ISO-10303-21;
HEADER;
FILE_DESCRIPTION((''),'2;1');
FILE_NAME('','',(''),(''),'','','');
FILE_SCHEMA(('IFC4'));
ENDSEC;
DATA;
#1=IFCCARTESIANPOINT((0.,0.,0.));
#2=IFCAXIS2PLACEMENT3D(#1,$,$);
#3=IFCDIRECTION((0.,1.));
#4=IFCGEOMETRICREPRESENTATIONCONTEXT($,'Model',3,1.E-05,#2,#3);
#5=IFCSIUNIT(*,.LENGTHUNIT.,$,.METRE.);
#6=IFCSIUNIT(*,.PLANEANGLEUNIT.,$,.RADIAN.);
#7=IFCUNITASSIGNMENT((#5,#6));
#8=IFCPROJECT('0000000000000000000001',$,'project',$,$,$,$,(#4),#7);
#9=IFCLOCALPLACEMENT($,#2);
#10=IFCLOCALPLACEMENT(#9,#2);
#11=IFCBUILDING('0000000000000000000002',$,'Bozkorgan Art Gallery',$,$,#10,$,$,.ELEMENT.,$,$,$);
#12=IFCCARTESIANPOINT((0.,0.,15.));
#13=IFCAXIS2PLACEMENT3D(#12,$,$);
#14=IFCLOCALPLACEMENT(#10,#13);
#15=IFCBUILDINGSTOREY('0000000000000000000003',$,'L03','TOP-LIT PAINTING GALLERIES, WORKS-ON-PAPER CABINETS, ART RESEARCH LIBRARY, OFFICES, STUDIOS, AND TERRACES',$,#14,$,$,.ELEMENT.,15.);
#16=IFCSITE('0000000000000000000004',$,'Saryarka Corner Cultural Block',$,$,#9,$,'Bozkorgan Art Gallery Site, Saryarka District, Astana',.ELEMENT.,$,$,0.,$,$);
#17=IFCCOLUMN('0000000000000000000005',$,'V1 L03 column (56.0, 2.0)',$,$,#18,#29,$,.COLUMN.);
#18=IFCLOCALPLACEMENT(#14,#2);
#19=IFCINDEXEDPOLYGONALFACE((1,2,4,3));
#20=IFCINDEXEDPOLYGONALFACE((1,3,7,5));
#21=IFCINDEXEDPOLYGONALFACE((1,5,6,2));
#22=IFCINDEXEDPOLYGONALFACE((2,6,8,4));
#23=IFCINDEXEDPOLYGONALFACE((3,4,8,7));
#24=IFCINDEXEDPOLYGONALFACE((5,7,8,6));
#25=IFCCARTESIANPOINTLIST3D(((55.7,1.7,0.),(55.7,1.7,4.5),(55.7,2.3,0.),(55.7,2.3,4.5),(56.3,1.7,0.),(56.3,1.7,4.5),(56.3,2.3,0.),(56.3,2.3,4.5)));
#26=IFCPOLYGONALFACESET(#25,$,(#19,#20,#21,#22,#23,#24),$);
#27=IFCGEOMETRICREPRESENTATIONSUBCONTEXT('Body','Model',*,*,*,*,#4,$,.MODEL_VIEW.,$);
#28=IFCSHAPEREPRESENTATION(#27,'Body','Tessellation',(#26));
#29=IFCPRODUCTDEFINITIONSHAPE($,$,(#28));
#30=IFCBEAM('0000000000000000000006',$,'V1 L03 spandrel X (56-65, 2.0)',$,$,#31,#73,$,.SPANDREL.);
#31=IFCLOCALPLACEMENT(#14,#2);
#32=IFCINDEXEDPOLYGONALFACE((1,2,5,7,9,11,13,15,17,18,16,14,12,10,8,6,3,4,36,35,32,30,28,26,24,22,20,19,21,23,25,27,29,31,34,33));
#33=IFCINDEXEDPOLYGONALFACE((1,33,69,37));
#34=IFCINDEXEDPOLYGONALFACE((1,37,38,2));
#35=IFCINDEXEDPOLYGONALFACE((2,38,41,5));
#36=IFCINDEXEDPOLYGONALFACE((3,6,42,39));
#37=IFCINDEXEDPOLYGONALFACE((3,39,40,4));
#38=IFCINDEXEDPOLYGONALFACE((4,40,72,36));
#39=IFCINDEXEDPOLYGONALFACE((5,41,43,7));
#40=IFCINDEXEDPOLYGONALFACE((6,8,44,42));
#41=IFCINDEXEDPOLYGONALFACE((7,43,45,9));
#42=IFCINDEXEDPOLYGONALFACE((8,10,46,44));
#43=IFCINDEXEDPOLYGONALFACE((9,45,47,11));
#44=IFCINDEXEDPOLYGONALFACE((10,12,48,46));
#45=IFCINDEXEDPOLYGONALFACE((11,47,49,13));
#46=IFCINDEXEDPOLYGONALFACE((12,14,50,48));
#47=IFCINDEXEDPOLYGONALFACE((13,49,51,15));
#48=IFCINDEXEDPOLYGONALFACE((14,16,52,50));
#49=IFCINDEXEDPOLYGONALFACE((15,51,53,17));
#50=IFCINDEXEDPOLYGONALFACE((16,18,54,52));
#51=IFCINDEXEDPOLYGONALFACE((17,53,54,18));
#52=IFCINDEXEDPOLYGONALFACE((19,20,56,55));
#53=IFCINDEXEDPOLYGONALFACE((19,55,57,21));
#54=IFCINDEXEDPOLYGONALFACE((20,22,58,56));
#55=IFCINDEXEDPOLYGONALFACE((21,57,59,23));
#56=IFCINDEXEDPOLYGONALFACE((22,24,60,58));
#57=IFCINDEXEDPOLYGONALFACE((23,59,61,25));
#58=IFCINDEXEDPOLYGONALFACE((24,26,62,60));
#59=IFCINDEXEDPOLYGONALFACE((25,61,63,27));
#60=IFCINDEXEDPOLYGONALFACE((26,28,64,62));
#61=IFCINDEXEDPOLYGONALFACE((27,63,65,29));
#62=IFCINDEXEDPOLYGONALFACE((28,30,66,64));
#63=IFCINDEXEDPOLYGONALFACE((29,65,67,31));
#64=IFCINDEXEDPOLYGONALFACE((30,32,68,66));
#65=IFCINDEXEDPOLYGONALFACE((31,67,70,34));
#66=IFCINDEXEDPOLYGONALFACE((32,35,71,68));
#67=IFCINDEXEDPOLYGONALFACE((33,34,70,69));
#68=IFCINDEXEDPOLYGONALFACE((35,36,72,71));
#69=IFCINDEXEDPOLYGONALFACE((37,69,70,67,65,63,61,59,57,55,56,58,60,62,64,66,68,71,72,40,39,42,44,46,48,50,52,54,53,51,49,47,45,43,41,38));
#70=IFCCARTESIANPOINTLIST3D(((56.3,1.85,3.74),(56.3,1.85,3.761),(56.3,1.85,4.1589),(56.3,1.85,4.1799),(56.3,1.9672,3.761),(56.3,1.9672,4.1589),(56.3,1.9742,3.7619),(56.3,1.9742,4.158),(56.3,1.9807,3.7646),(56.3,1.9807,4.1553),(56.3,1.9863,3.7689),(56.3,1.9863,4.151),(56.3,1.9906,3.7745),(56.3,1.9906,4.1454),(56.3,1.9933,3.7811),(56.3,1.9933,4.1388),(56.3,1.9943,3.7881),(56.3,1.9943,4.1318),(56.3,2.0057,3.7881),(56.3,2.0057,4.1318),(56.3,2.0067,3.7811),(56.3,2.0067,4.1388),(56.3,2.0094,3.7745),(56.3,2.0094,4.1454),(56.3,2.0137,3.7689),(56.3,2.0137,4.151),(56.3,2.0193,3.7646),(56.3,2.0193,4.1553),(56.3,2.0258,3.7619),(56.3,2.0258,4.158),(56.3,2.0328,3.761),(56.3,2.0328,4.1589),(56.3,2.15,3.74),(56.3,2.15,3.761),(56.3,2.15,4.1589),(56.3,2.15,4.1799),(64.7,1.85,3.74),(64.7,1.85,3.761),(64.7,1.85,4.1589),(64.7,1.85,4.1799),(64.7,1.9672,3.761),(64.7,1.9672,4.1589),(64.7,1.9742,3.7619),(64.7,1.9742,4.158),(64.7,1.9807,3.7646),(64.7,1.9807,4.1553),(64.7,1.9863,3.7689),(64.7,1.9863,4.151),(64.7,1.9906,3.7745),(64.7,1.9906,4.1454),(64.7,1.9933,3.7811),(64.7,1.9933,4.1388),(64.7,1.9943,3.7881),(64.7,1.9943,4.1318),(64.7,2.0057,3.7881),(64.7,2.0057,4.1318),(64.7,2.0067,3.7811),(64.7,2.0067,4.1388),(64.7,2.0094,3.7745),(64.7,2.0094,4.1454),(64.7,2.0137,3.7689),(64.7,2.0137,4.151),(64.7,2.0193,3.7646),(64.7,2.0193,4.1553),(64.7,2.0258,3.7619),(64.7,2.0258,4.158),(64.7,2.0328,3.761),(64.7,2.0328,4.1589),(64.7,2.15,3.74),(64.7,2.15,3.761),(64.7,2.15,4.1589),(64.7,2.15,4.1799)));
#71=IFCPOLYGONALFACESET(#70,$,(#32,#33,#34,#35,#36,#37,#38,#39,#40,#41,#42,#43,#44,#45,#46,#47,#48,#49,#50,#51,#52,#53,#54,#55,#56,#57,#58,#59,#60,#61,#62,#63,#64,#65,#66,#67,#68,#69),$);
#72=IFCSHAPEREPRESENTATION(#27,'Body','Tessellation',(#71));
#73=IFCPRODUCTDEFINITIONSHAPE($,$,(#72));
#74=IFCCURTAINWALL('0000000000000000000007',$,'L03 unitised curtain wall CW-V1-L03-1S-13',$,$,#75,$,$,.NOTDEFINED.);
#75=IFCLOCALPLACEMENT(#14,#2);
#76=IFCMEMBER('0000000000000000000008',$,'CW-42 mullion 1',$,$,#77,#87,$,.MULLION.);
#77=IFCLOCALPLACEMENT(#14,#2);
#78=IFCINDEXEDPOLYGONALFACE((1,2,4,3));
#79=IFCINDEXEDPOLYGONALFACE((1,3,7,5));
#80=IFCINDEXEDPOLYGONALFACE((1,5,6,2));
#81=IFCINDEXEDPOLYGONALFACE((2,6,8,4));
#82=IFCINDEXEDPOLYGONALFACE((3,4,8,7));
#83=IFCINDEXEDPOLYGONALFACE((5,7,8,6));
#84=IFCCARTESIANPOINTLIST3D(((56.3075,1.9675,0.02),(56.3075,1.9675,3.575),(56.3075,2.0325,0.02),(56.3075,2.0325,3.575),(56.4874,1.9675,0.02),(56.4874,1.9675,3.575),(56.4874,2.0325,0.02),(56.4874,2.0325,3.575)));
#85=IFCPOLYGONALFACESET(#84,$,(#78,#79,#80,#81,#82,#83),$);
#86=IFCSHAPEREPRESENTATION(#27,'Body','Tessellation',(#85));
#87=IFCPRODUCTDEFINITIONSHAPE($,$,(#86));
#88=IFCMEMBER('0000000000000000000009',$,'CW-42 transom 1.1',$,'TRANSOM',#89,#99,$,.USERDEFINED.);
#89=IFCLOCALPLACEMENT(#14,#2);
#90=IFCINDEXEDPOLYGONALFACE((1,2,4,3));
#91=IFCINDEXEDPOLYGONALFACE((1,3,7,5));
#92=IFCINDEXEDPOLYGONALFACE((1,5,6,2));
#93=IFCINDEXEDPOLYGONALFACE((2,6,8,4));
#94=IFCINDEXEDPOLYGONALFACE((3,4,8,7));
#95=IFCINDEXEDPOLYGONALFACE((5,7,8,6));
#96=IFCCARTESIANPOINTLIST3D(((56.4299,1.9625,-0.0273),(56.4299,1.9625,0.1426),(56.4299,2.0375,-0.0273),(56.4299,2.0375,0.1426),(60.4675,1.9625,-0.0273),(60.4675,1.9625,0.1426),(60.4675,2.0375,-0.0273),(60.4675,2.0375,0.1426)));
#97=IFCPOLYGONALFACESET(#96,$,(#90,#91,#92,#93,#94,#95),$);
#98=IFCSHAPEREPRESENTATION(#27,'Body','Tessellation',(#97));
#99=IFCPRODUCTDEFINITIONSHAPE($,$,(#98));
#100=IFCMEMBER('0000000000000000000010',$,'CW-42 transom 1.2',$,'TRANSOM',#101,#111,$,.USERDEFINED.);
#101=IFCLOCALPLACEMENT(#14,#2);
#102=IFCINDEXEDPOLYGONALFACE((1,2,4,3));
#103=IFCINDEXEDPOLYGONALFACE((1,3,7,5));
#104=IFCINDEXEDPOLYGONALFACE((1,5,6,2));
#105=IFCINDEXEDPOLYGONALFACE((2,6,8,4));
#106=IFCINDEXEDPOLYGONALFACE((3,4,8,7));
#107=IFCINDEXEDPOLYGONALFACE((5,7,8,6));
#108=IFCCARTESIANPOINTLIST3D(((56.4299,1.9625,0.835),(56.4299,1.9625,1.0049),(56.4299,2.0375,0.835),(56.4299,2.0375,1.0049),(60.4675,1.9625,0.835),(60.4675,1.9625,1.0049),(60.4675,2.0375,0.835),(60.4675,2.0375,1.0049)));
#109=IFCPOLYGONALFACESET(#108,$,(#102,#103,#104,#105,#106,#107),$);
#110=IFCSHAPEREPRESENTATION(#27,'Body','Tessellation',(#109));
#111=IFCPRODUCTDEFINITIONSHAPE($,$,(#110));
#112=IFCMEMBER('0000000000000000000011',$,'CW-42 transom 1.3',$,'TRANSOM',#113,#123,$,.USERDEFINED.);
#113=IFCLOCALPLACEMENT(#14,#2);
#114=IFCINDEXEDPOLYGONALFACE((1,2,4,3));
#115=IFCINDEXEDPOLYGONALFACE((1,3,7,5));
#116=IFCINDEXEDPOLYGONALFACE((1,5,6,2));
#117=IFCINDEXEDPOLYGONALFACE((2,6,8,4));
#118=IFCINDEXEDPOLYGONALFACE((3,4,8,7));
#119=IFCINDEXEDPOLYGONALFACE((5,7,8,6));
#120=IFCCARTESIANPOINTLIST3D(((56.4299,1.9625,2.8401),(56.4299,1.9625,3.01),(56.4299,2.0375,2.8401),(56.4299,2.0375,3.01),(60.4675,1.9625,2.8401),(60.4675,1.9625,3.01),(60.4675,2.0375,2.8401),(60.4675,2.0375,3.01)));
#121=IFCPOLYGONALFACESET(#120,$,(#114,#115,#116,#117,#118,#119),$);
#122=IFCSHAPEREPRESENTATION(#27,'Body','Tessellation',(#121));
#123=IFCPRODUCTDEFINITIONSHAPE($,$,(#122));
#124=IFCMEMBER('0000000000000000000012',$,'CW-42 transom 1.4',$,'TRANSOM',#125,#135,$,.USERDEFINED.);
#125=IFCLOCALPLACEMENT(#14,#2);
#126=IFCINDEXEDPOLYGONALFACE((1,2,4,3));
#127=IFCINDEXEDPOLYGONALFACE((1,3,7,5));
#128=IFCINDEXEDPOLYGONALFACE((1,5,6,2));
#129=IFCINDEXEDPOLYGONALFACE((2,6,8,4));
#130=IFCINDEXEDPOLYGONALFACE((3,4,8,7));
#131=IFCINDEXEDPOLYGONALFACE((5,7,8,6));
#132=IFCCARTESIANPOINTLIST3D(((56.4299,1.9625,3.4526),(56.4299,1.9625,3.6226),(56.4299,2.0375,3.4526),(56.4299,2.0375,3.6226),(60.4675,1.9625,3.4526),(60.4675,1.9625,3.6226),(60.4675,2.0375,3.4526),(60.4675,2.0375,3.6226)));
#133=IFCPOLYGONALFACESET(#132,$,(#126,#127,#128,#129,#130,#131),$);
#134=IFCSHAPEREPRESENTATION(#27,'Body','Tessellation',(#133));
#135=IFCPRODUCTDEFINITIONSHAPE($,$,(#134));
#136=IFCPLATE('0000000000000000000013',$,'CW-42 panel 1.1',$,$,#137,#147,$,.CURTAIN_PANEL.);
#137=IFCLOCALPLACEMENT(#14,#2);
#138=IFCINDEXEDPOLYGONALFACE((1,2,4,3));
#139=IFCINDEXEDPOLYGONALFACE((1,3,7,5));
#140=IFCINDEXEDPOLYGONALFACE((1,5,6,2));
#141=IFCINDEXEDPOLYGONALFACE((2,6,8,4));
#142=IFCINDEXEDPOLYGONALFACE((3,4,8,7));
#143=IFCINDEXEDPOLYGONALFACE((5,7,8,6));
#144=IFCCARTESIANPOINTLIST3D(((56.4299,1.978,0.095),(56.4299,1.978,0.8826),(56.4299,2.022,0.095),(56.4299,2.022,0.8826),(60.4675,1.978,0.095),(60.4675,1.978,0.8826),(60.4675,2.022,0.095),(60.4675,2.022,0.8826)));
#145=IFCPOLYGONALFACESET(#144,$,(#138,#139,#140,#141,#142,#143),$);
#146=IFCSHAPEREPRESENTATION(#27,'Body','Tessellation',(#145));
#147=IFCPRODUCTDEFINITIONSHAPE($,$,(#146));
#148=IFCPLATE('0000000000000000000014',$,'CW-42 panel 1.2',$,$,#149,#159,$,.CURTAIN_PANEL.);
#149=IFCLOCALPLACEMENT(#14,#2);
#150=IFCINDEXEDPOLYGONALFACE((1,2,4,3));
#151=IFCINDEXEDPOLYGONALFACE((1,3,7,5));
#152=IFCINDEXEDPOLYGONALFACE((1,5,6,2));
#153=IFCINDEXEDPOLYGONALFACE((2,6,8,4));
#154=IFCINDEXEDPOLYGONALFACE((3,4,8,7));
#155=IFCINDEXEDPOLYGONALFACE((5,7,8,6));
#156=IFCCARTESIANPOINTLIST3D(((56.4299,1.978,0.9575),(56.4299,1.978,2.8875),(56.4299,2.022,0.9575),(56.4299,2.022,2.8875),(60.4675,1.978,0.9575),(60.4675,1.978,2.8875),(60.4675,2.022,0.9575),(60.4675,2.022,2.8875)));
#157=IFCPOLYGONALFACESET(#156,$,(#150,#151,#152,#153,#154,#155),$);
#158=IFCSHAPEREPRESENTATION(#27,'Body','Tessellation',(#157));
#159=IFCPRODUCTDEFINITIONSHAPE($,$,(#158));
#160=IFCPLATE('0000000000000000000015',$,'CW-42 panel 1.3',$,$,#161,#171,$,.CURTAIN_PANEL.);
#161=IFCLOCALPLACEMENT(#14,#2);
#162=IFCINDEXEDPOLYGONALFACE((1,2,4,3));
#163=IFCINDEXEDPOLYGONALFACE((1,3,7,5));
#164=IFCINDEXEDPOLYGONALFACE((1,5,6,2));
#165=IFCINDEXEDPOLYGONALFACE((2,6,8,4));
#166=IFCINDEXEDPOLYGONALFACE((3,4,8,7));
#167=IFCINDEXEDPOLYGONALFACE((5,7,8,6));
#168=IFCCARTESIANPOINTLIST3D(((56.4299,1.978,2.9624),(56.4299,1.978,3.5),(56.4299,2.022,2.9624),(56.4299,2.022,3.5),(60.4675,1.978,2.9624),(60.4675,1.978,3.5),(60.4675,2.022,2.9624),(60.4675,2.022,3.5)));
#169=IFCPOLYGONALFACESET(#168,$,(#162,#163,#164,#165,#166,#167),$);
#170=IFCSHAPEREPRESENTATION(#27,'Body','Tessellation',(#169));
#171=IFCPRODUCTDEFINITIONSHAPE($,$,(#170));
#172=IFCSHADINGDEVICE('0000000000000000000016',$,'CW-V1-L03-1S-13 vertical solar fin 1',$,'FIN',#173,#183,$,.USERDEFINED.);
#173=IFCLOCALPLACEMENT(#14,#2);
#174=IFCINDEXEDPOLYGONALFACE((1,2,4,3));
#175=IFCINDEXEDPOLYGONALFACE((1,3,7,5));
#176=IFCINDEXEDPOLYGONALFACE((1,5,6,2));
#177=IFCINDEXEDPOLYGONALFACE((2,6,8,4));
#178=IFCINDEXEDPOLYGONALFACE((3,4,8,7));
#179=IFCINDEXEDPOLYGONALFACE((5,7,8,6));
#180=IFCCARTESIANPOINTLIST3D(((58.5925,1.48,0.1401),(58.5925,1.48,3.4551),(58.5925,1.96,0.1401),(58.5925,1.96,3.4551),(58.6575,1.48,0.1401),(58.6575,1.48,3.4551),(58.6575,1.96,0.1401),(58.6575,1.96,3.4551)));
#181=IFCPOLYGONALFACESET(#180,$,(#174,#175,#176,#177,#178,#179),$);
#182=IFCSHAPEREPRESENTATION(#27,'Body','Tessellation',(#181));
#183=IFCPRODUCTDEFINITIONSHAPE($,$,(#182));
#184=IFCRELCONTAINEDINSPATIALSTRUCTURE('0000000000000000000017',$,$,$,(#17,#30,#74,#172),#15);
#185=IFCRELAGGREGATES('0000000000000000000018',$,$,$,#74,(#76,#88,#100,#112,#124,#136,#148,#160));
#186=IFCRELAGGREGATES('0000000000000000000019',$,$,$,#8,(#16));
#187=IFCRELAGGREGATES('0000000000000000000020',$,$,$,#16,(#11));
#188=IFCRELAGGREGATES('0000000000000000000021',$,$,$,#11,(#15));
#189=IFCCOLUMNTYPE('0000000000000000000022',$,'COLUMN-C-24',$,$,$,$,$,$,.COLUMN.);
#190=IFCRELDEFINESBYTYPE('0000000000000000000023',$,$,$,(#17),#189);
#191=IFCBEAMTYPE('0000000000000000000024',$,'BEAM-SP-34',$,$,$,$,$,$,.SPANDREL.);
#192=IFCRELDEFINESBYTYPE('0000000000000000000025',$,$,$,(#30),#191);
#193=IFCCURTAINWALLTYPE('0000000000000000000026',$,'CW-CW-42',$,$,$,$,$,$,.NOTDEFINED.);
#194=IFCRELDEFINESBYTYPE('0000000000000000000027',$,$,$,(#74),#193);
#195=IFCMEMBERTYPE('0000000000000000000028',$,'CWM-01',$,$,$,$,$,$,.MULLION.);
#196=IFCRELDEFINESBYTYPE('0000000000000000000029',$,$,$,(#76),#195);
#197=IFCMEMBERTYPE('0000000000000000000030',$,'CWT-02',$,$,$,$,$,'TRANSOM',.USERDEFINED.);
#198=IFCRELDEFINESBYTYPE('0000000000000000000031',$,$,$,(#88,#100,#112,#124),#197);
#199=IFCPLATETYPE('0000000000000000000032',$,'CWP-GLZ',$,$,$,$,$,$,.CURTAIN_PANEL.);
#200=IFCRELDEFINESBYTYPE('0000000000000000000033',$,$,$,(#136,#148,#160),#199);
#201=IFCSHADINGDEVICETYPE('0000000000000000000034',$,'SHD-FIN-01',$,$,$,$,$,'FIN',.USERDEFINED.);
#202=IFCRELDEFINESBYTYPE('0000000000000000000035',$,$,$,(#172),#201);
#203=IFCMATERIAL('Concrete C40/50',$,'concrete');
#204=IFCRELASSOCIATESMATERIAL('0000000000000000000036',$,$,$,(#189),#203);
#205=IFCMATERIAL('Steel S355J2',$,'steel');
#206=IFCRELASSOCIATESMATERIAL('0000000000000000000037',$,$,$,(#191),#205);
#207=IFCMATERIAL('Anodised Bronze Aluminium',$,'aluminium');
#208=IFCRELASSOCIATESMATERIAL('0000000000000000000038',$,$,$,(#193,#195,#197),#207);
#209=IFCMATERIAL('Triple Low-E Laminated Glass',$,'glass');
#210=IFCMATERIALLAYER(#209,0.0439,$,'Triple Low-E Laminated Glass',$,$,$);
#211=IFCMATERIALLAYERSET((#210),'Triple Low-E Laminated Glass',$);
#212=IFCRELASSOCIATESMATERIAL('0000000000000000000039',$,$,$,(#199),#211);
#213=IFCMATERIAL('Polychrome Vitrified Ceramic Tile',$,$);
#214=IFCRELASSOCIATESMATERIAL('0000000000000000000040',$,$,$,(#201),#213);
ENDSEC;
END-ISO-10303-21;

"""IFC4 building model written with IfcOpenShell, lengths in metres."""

from ifc_helpers import new_model, si_unit, direction, frame, origin, origin_2d, place, context, subcontext, project, spatial, rectangle, i_section, extrude, material, layer, layer_set, material_profile, profile_set, type_object, element, aggregate, save


model = new_model("IFC4")

# Units and contexts
model_context = context("Model", 3, precision=1e-05, world=origin(), true_north=direction((0.0, 1.0)))
body_context = subcontext(model_context, "Body", "Model", "MODEL_VIEW")
ifc_project = project(units=[si_unit("LENGTHUNIT", "METRE"), si_unit("PLANEANGLEUNIT", "RADIAN")], contexts=[model_context])

# Site, building, storey
site_placement = place(None, origin())
site = spatial("IfcSite", under=ifc_project, at=site_placement, Name="Saryarka Corner Cultural Block", LongName="Bozkorgan Art Gallery Site, Saryarka District, Astana", CompositionType="ELEMENT", RefElevation=0.0)
building_placement = place(site_placement, origin())
building = spatial("IfcBuilding", under=site, at=building_placement, Name="Bozkorgan Art Gallery", CompositionType="ELEMENT")
storey_placement = place(building_placement, frame((0.0, 0.0, 15.0)))
storey = spatial("IfcBuildingStorey", under=building, at=storey_placement, Name="L03", Description="TOP-LIT PAINTING GALLERIES, WORKS-ON-PAPER CABINETS, ART RESEARCH LIBRARY, OFFICES, STUDIOS, AND TERRACES", CompositionType="ELEMENT", Elevation=15.0)

# Column
ifc_material_1 = material(Name="Concrete C40/50", Category="concrete")
ifc_material_profile_1 = material_profile(ifc_material_1, rectangle(XDim=0.6001, YDim=0.6001, at=origin_2d()), Name="RC 600x600")
ifc_profile_set_1 = profile_set([ifc_material_profile_1], Name="Concrete C40/50")
column_type = type_object("IfcColumnType", Name="COLUMN-C-24", PredefinedType="COLUMN", material=ifc_profile_set_1)
column_placement = place(storey_placement, frame((56.0, 2.0, 0.0), z_axis=(0.0, 0.0, 1.0), x_axis=(1.0, 0.0, 0.0)))
element("IfcColumn", 1, at=column_placement, inside=storey, type_object=column_type, Name="V1 L03 column (56.0, 2.0)", PredefinedType="COLUMN", context=body_context, shape_type="SweptSolid", body=[
    extrude(rectangle(XDim=0.6001, YDim=0.6001, at=origin_2d()), origin(), (0.0, 0.0, 1.0), 4.5),
])

# Beam
ifc_material_2 = material(Name="Steel S355J2", Category="steel")
ifc_material_profile_2 = material_profile(ifc_material_2, i_section(OverallWidth=0.3, OverallDepth=0.4399, WebThickness=0.0115, FlangeThickness=0.021, FilletRadius=0.0271, at=origin_2d()), Name="HEA 450")
ifc_profile_set_2 = profile_set([ifc_material_profile_2], Name="Steel S355J2")
beam_type = type_object("IfcBeamType", Name="BEAM-SP-34", PredefinedType="SPANDREL", material=ifc_profile_set_2)
beam_placement = place(storey_placement, frame((56.3, 2.0, 3.96), z_axis=(1.0, 0.0, 0.0), x_axis=(0.0, 1.0, 0.0)))
element("IfcBeam", 2, at=beam_placement, inside=storey, type_object=beam_type, Name="V1 L03 spandrel X (56-65, 2.0)", PredefinedType="SPANDREL", context=body_context, shape_type="SweptSolid", body=[
    extrude(i_section(OverallWidth=0.3, OverallDepth=0.4399, WebThickness=0.0115, FlangeThickness=0.021, FilletRadius=0.0271, at=origin_2d()), origin(), (0.0, 0.0, 1.0), 8.3999),
])

# Curtain wall, members, plates
ifc_material_3 = material(Name="Anodised Bronze Aluminium", Category="aluminium")
curtain_wall_type = type_object("IfcCurtainWallType", Name="CW-CW-42", PredefinedType="NOTDEFINED", material=ifc_material_3)
curtain_wall_placement = place(storey_placement, origin())
curtain_wall = element("IfcCurtainWall", 3, at=curtain_wall_placement, inside=storey, type_object=curtain_wall_type, Name="L03 unitised curtain wall CW-V1-L03-1S-13", PredefinedType="NOTDEFINED")
ifc_material_profile_3 = material_profile(ifc_material_3, rectangle(XDim=0.0649, YDim=0.1799, at=origin_2d()), Name="ALU MULLION 65x180")
ifc_profile_set_3 = profile_set([ifc_material_profile_3], Name="Anodised Bronze Aluminium")
member_type_1 = type_object("IfcMemberType", Name="CWM-01", PredefinedType="MULLION", material=ifc_profile_set_3)
member_1_placement = place(storey_placement, frame((56.3975, 2.0, 0.02), z_axis=(0.0, 0.0, 1.0), x_axis=(0.0, 1.0, 0.0)))
member_1 = element("IfcMember", 4, at=member_1_placement, type_object=member_type_1, Name="CW-42 mullion 1", PredefinedType="MULLION", context=body_context, shape_type="SweptSolid", body=[
    extrude(rectangle(XDim=0.0649, YDim=0.1799, at=origin_2d()), origin(), (0.0, 0.0, 1.0), 3.5549),
])
ifc_material_profile_4 = material_profile(ifc_material_3, rectangle(XDim=0.075, YDim=0.1699, at=origin_2d()), Name="ALU TRANSOM 75x170")
ifc_profile_set_4 = profile_set([ifc_material_profile_4], Name="Anodised Bronze Aluminium")
member_type_2 = type_object("IfcMemberType", Name="CWT-02", ElementType="TRANSOM", PredefinedType="USERDEFINED", material=ifc_profile_set_4)
member_2_placement = place(storey_placement, frame((56.4299, 2.0, 0.0576), z_axis=(1.0, 0.0, 0.0), x_axis=(0.0, 1.0, 0.0)))
member_2 = element("IfcMember", 5, at=member_2_placement, type_object=member_type_2, Name="CW-42 transom 1.1", ObjectType="TRANSOM", PredefinedType="USERDEFINED", context=body_context, shape_type="SweptSolid", body=[
    extrude(rectangle(XDim=0.075, YDim=0.1699, at=origin_2d()), origin(), (0.0, 0.0, 1.0), 4.0376),
])
member_3_placement = place(storey_placement, frame((56.4299, 2.0, 0.9199), z_axis=(1.0, 0.0, 0.0), x_axis=(0.0, 1.0, 0.0)))
member_3 = element("IfcMember", 6, at=member_3_placement, type_object=member_type_2, Name="CW-42 transom 1.2", ObjectType="TRANSOM", PredefinedType="USERDEFINED", context=body_context, shape_type="SweptSolid", body=[
    extrude(rectangle(XDim=0.075, YDim=0.1699, at=origin_2d()), origin(), (0.0, 0.0, 1.0), 4.0376),
])
member_4_placement = place(storey_placement, frame((56.4299, 2.0, 2.925), z_axis=(1.0, 0.0, 0.0), x_axis=(0.0, 1.0, 0.0)))
member_4 = element("IfcMember", 7, at=member_4_placement, type_object=member_type_2, Name="CW-42 transom 1.3", ObjectType="TRANSOM", PredefinedType="USERDEFINED", context=body_context, shape_type="SweptSolid", body=[
    extrude(rectangle(XDim=0.075, YDim=0.1699, at=origin_2d()), origin(), (0.0, 0.0, 1.0), 4.0376),
])
member_5_placement = place(storey_placement, frame((56.4299, 2.0, 3.5376), z_axis=(1.0, 0.0, 0.0), x_axis=(0.0, 1.0, 0.0)))
member_5 = element("IfcMember", 8, at=member_5_placement, type_object=member_type_2, Name="CW-42 transom 1.4", ObjectType="TRANSOM", PredefinedType="USERDEFINED", context=body_context, shape_type="SweptSolid", body=[
    extrude(rectangle(XDim=0.075, YDim=0.1699, at=origin_2d()), origin(), (0.0, 0.0, 1.0), 4.0376),
])
ifc_material_4 = material(Name="Triple Low-E Laminated Glass", Category="glass")
ifc_layer = layer(ifc_material_4, 0.0439, Name="Triple Low-E Laminated Glass")
ifc_layer_set = layer_set([ifc_layer], Name="Triple Low-E Laminated Glass")
plate_type = type_object("IfcPlateType", Name="CWP-GLZ", PredefinedType="CURTAIN_PANEL", material=ifc_layer_set)
plate_1_placement = place(storey_placement, frame((58.4487, 2.0, 0.095), z_axis=(0.0, 0.0, 1.0), x_axis=(1.0, 0.0, 0.0)))
plate_1 = element("IfcPlate", 9, at=plate_1_placement, type_object=plate_type, Name="CW-42 panel 1.1", PredefinedType="CURTAIN_PANEL", context=body_context, shape_type="SweptSolid", body=[
    extrude(rectangle(XDim=4.0376, YDim=0.0439, at=origin_2d()), origin(), (0.0, 0.0, 1.0), 0.7876),
])
plate_2_placement = place(storey_placement, frame((58.4487, 2.0, 0.9575), z_axis=(0.0, 0.0, 1.0), x_axis=(1.0, 0.0, 0.0)))
plate_2 = element("IfcPlate", 10, at=plate_2_placement, type_object=plate_type, Name="CW-42 panel 1.2", PredefinedType="CURTAIN_PANEL", context=body_context, shape_type="SweptSolid", body=[
    extrude(rectangle(XDim=4.0376, YDim=0.0439, at=origin_2d()), origin(), (0.0, 0.0, 1.0), 1.9299),
])
plate_3_placement = place(storey_placement, frame((58.4487, 2.0, 2.9624), z_axis=(0.0, 0.0, 1.0), x_axis=(1.0, 0.0, 0.0)))
plate_3 = element("IfcPlate", 11, at=plate_3_placement, type_object=plate_type, Name="CW-42 panel 1.3", PredefinedType="CURTAIN_PANEL", context=body_context, shape_type="SweptSolid", body=[
    extrude(rectangle(XDim=4.0376, YDim=0.0439, at=origin_2d()), origin(), (0.0, 0.0, 1.0), 0.5376),
])
aggregate(curtain_wall, [member_1, member_2, member_3, member_4, member_5, plate_1, plate_2, plate_3])

# Shading device
ifc_material_5 = material(Name="Polychrome Vitrified Ceramic Tile")
shading_device_type = type_object("IfcShadingDeviceType", Name="SHD-FIN-01", ElementType="FIN", PredefinedType="USERDEFINED", material=ifc_material_5)
for number, where, z_axis, x_axis, name in (
    (12, (58.625, 1.72, 0.1401), (0.0, 0.0, 1.0), (0.0, -1.0, 0.0), "CW-V1-L03-1S-13 vertical solar fin 1"),
):
    element("IfcShadingDevice", number, at=place(storey_placement, frame(where, z_axis=z_axis, x_axis=x_axis)), inside=storey, type_object=shading_device_type, Name=name, ObjectType="FIN", PredefinedType="USERDEFINED", context=body_context, shape_type="SweptSolid", body=[
        extrude(rectangle(XDim=0.48, YDim=0.0649, at=origin_2d()), origin(), (0.0, 0.0, 1.0), 3.3149),
    ])

save(model, "model.ifc")
